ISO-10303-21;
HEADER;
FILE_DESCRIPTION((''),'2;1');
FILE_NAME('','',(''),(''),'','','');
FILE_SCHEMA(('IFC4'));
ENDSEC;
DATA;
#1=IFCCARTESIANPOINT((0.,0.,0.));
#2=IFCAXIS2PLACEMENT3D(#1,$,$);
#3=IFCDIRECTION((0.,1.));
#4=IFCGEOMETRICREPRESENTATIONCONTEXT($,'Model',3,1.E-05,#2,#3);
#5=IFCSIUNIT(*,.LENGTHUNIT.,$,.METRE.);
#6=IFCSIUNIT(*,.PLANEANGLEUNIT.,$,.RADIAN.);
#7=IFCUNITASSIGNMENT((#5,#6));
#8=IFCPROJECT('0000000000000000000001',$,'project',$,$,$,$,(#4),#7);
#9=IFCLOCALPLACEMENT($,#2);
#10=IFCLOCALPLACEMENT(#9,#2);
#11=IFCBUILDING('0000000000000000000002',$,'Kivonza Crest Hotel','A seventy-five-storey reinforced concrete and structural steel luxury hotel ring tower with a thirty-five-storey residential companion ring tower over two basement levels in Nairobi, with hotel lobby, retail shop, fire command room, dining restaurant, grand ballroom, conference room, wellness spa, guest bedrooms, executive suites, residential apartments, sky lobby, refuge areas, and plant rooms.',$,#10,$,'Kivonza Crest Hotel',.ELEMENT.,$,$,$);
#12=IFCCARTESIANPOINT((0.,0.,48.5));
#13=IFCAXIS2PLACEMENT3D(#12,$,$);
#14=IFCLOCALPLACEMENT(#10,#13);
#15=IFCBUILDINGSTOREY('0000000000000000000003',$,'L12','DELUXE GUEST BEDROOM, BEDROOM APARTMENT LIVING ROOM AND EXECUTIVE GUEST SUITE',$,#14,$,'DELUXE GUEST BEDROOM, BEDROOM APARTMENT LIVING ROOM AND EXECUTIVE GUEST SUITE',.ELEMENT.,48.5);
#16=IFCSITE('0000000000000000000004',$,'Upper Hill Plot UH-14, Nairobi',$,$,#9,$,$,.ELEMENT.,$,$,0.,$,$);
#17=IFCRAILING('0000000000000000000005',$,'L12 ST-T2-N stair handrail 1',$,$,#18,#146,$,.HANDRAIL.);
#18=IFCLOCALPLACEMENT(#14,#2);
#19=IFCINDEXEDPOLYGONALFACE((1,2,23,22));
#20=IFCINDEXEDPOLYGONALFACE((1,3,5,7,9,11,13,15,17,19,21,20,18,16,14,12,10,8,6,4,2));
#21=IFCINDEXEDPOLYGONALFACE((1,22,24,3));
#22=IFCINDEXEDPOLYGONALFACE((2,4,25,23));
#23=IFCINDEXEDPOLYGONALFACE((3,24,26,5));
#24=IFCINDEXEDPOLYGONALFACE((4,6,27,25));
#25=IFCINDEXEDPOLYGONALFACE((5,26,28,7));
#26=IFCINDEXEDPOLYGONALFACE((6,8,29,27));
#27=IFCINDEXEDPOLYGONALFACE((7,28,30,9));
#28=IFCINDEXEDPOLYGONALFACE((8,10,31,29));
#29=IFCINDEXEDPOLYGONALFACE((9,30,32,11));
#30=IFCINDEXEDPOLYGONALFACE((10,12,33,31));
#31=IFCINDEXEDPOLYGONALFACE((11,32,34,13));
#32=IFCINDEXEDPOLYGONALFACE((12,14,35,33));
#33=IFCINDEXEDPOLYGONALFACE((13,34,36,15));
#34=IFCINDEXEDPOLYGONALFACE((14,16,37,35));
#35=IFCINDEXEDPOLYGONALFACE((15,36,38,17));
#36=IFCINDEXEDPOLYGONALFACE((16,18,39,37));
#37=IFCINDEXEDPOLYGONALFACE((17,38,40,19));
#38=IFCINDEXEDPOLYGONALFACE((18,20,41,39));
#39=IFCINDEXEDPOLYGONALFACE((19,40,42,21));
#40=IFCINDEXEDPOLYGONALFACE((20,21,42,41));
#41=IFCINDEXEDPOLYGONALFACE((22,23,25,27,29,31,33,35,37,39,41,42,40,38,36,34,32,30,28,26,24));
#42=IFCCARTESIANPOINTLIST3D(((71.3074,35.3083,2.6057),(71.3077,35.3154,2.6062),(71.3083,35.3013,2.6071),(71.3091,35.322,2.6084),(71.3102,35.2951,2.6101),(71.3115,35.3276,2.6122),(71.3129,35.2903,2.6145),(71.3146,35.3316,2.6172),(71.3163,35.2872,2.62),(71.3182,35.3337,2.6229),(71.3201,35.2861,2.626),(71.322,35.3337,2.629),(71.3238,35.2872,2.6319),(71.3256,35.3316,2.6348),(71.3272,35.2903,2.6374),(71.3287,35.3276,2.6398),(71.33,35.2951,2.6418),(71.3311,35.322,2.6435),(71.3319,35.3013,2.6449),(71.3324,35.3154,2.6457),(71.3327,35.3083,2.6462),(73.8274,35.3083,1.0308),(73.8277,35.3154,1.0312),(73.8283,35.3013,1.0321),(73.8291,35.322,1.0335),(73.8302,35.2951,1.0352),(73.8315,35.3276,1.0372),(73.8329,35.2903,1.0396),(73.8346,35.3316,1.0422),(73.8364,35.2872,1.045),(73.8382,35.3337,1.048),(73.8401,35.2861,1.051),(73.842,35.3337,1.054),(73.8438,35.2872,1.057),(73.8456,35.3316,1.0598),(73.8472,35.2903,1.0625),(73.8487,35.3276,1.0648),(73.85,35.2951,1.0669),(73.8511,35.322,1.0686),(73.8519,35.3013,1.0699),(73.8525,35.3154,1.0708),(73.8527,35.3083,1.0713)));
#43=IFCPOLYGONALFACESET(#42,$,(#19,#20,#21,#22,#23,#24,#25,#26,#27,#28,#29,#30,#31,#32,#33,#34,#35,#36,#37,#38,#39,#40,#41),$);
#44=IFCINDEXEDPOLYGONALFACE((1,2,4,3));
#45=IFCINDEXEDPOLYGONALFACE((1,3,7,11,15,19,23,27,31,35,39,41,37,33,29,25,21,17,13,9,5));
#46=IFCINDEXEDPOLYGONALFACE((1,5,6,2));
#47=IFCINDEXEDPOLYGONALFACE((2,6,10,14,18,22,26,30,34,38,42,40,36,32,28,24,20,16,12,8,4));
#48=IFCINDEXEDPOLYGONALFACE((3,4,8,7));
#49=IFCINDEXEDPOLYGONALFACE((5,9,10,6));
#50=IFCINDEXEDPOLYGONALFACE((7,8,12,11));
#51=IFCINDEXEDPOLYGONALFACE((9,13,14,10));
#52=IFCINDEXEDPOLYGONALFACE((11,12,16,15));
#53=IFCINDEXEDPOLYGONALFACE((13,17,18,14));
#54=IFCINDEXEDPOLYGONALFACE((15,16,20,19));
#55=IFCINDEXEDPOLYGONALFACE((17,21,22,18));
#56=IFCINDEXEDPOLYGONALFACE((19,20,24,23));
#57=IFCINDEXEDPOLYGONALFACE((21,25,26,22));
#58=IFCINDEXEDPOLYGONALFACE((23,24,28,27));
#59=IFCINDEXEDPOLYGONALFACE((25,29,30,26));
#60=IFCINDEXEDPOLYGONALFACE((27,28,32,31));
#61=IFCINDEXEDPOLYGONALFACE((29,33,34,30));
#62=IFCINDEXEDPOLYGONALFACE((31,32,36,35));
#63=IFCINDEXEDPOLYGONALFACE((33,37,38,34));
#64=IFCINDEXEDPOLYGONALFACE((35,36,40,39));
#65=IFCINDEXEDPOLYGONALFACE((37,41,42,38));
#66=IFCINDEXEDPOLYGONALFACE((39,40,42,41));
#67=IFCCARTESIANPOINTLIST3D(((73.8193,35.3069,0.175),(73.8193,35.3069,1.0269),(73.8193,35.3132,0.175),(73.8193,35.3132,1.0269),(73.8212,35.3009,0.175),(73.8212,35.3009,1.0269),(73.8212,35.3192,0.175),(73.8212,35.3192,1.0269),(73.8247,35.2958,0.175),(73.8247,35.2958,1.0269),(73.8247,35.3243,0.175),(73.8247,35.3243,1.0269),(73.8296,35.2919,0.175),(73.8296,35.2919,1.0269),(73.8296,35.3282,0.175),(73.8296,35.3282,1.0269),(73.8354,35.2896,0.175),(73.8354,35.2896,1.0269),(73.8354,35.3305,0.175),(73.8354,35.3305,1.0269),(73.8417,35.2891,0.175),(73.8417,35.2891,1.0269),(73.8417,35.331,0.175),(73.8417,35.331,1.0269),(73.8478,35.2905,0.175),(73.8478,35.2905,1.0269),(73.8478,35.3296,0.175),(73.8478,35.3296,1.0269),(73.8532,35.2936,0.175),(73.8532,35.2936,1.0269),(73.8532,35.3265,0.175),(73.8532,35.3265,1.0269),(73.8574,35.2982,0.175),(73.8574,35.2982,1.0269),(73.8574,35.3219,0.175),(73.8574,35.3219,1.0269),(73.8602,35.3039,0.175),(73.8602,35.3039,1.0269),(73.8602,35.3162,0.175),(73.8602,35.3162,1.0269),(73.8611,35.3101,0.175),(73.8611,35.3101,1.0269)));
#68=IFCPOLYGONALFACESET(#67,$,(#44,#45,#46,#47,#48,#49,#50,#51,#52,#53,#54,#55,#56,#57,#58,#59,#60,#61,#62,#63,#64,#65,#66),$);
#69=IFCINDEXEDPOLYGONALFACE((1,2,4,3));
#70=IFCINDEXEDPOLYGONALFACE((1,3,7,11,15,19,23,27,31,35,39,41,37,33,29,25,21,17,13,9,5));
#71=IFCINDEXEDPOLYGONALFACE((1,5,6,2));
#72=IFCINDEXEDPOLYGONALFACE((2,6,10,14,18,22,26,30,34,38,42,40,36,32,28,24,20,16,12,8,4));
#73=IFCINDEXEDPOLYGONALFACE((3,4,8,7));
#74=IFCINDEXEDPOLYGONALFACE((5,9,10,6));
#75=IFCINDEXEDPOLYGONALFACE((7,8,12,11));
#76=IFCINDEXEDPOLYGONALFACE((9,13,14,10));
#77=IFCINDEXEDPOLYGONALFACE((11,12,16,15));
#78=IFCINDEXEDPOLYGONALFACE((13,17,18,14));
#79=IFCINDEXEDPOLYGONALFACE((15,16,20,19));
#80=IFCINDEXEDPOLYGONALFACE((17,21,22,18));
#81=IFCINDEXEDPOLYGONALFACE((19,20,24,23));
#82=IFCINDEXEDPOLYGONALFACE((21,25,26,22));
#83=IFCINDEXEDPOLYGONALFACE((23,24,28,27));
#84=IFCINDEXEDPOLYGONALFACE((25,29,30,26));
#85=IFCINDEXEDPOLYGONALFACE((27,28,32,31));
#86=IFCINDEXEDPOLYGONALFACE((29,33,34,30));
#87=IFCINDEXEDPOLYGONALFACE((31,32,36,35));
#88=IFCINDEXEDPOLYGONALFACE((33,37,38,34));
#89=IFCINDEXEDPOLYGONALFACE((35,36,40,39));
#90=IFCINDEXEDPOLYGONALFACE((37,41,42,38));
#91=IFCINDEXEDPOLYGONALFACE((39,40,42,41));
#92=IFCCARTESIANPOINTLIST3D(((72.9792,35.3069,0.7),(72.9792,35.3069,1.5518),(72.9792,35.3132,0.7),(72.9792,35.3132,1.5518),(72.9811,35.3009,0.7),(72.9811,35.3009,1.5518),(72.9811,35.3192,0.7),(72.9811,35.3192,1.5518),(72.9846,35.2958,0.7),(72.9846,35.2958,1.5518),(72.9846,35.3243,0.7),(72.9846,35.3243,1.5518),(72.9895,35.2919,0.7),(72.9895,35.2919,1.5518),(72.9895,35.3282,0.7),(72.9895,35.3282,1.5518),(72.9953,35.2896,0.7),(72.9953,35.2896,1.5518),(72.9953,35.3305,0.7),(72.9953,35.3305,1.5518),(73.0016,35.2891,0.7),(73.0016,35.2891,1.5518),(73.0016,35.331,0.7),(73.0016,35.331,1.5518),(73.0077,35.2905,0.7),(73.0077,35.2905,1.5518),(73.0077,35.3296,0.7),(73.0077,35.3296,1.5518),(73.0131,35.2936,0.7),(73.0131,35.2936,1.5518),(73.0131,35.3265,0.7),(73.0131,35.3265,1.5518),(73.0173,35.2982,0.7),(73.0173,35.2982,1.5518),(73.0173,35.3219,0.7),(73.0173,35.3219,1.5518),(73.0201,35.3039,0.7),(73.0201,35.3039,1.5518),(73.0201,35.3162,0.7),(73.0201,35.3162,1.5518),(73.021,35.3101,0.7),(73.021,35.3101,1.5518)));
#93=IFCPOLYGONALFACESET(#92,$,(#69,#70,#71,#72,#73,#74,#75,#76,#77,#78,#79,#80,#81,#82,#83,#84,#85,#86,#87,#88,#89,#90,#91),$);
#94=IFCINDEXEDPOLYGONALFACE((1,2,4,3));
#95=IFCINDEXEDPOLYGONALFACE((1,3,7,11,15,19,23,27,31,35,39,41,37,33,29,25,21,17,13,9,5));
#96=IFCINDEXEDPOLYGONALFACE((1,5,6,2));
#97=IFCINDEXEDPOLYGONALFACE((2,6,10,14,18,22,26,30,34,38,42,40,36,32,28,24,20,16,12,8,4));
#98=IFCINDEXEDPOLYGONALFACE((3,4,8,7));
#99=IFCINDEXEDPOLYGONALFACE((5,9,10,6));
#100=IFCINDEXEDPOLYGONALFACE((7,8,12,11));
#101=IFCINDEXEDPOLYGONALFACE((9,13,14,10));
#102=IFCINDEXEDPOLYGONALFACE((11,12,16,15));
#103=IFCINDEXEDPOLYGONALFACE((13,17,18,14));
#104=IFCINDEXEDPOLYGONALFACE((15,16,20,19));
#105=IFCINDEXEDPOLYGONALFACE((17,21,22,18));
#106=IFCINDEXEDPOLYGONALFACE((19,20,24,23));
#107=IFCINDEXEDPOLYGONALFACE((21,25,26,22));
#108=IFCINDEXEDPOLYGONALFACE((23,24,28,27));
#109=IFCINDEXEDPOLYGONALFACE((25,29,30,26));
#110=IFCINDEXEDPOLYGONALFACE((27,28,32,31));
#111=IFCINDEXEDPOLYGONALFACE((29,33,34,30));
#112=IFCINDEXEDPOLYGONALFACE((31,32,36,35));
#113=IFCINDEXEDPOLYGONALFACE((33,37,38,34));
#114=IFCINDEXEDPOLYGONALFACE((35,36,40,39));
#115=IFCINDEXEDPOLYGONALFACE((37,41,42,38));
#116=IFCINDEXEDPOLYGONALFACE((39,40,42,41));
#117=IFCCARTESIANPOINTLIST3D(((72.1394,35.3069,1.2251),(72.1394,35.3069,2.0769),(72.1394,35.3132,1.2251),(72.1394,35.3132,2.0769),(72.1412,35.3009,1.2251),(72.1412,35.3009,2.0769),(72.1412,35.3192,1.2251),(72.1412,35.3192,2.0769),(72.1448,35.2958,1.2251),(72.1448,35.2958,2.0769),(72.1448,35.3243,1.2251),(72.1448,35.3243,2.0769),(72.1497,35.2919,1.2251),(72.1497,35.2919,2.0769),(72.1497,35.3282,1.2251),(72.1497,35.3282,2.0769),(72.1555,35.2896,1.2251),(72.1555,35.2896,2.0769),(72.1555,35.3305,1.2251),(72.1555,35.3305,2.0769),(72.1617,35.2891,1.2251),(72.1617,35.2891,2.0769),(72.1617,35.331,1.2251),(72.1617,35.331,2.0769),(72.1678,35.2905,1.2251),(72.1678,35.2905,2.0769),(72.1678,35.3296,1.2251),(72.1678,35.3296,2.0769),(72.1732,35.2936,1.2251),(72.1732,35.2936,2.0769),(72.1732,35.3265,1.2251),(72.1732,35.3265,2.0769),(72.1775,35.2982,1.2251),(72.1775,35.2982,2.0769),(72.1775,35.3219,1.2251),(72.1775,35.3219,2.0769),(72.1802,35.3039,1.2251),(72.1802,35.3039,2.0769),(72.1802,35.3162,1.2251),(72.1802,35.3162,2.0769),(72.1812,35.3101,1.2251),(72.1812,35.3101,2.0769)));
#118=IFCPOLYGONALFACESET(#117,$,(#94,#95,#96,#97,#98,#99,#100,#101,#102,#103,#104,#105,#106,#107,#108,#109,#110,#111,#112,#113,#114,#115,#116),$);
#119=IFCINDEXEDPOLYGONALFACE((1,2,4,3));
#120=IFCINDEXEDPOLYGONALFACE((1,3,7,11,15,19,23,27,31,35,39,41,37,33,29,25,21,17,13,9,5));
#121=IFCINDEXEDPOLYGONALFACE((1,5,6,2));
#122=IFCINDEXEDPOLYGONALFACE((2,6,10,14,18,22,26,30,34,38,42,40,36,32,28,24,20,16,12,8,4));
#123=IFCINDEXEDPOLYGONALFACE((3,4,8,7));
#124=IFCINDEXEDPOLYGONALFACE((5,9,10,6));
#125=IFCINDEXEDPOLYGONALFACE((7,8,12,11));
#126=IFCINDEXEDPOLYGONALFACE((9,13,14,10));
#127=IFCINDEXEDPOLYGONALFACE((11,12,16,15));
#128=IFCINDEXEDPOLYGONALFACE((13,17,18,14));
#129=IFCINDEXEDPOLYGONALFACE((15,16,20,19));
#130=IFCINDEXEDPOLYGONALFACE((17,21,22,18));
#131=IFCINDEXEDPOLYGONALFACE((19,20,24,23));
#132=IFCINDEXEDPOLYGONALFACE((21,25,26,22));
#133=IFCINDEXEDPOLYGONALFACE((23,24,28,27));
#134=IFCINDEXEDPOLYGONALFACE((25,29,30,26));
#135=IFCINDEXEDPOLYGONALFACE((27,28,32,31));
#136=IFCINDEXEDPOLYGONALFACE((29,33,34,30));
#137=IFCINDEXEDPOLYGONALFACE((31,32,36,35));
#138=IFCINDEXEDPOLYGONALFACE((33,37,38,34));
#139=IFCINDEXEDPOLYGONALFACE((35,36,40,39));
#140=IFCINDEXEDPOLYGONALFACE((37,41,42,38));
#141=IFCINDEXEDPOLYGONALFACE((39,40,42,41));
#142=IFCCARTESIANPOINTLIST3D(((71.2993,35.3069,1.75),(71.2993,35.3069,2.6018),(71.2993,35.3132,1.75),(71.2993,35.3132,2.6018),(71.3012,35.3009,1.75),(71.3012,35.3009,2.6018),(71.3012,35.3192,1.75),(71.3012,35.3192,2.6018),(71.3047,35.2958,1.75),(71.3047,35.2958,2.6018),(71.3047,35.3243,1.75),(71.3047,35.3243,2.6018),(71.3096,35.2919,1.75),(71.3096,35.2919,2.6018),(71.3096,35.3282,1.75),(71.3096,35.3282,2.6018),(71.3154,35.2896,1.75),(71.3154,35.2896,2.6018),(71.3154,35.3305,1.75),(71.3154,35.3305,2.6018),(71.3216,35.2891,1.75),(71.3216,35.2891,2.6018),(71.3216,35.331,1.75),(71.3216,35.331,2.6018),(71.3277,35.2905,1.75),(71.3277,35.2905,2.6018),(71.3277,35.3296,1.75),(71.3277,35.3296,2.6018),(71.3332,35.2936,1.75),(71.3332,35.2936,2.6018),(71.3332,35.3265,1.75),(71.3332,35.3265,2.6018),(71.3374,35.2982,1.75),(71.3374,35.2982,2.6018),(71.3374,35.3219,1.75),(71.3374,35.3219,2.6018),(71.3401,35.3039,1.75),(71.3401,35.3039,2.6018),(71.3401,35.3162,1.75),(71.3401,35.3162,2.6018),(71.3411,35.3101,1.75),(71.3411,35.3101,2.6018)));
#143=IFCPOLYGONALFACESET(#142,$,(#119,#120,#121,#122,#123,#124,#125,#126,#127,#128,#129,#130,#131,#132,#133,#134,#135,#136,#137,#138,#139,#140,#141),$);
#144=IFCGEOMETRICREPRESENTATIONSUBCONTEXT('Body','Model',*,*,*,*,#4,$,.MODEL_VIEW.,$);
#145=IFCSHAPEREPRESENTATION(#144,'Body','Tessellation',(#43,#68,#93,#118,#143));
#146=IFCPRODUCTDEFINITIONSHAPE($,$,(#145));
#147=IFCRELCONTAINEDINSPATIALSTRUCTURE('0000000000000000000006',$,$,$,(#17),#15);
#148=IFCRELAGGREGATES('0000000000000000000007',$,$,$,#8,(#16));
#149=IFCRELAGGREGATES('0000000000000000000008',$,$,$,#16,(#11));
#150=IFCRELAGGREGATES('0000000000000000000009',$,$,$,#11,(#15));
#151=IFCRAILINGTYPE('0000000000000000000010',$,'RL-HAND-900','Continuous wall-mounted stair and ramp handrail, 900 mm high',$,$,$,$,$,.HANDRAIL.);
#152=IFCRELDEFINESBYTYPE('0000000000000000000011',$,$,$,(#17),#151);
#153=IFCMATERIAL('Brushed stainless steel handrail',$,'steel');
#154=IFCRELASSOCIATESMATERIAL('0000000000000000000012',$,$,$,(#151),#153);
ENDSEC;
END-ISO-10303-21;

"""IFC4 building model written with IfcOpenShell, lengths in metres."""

from ifc_helpers import new_model, si_unit, direction, frame, origin, origin_2d, place, context, subcontext, project, spatial, circle, extrude, material, type_object, element, save


model = new_model("IFC4")

# Units and contexts
model_context = context("Model", 3, precision=1e-05, world=origin(), true_north=direction((0.0, 1.0)))
body_context = subcontext(model_context, "Body", "Model", "MODEL_VIEW")
ifc_project = project(units=[si_unit("LENGTHUNIT", "METRE"), si_unit("PLANEANGLEUNIT", "RADIAN")], contexts=[model_context])

# Site, building, storey
site_placement = place(None, origin())
site = spatial("IfcSite", under=ifc_project, at=site_placement, Name="Upper Hill Plot UH-14, Nairobi", CompositionType="ELEMENT", RefElevation=0.0)
building_placement = place(site_placement, origin())
building = spatial("IfcBuilding", under=site, at=building_placement, Name="Kivonza Crest Hotel", Description="A seventy-five-storey reinforced concrete and structural steel luxury hotel ring tower with a thirty-five-storey residential companion ring tower over two basement levels in Nairobi, with hotel lobby, retail shop, fire command room, dining restaurant, grand ballroom, conference room, wellness spa, guest bedrooms, executive suites, residential apartments, sky lobby, refuge areas, and plant rooms.", LongName="Kivonza Crest Hotel", CompositionType="ELEMENT")
storey_placement = place(building_placement, frame((0.0, 0.0, 48.5)))
storey = spatial("IfcBuildingStorey", under=building, at=storey_placement, Name="L12", Description="DELUXE GUEST BEDROOM, BEDROOM APARTMENT LIVING ROOM AND EXECUTIVE GUEST SUITE", LongName="DELUXE GUEST BEDROOM, BEDROOM APARTMENT LIVING ROOM AND EXECUTIVE GUEST SUITE", CompositionType="ELEMENT", Elevation=48.5)

# Railing
ifc_material_1 = material(Name="Brushed stainless steel handrail", Category="steel")
railing_type_1 = type_object("IfcRailingType", Name="RL-HAND-900", Description="Continuous wall-mounted stair and ramp handrail, 900 mm high", PredefinedType="HANDRAIL", material=ifc_material_1)
railing_1_placement = place(storey_placement, frame((73.8401, 35.3101, 0.175)))
element("IfcRailing", 1, at=railing_1_placement, inside=storey, type_object=railing_type_1, Name="L12 ST-T2-N stair handrail 1", PredefinedType="HANDRAIL", context=body_context, shape_type="SweptSolid", body=[
    extrude(circle(Radius=0.0239, at=origin_2d()), frame((0.0, 0.0, 0.876), z_axis=(-0.848008, 0.0, 0.529984), x_axis=(0.0, -1.0, 0.0)), (0.0, 0.0, 1.0), 2.9717),
    extrude(circle(Radius=0.021, at=origin_2d()), origin(), (0.0, 0.0, 1.0), 0.8518),
    extrude(circle(Radius=0.021, at=origin_2d()), frame((-0.8401, 0.0, 0.5249)), (0.0, 0.0, 1.0), 0.8518),
    extrude(circle(Radius=0.021, at=origin_2d()), frame((-1.6799, 0.0, 1.05)), (0.0, 0.0, 1.0), 0.8518),
    extrude(circle(Radius=0.021, at=origin_2d()), frame((-2.52, 0.0, 1.575)), (0.0, 0.0, 1.0), 0.8518),
])

save(model, "model.ifc")
